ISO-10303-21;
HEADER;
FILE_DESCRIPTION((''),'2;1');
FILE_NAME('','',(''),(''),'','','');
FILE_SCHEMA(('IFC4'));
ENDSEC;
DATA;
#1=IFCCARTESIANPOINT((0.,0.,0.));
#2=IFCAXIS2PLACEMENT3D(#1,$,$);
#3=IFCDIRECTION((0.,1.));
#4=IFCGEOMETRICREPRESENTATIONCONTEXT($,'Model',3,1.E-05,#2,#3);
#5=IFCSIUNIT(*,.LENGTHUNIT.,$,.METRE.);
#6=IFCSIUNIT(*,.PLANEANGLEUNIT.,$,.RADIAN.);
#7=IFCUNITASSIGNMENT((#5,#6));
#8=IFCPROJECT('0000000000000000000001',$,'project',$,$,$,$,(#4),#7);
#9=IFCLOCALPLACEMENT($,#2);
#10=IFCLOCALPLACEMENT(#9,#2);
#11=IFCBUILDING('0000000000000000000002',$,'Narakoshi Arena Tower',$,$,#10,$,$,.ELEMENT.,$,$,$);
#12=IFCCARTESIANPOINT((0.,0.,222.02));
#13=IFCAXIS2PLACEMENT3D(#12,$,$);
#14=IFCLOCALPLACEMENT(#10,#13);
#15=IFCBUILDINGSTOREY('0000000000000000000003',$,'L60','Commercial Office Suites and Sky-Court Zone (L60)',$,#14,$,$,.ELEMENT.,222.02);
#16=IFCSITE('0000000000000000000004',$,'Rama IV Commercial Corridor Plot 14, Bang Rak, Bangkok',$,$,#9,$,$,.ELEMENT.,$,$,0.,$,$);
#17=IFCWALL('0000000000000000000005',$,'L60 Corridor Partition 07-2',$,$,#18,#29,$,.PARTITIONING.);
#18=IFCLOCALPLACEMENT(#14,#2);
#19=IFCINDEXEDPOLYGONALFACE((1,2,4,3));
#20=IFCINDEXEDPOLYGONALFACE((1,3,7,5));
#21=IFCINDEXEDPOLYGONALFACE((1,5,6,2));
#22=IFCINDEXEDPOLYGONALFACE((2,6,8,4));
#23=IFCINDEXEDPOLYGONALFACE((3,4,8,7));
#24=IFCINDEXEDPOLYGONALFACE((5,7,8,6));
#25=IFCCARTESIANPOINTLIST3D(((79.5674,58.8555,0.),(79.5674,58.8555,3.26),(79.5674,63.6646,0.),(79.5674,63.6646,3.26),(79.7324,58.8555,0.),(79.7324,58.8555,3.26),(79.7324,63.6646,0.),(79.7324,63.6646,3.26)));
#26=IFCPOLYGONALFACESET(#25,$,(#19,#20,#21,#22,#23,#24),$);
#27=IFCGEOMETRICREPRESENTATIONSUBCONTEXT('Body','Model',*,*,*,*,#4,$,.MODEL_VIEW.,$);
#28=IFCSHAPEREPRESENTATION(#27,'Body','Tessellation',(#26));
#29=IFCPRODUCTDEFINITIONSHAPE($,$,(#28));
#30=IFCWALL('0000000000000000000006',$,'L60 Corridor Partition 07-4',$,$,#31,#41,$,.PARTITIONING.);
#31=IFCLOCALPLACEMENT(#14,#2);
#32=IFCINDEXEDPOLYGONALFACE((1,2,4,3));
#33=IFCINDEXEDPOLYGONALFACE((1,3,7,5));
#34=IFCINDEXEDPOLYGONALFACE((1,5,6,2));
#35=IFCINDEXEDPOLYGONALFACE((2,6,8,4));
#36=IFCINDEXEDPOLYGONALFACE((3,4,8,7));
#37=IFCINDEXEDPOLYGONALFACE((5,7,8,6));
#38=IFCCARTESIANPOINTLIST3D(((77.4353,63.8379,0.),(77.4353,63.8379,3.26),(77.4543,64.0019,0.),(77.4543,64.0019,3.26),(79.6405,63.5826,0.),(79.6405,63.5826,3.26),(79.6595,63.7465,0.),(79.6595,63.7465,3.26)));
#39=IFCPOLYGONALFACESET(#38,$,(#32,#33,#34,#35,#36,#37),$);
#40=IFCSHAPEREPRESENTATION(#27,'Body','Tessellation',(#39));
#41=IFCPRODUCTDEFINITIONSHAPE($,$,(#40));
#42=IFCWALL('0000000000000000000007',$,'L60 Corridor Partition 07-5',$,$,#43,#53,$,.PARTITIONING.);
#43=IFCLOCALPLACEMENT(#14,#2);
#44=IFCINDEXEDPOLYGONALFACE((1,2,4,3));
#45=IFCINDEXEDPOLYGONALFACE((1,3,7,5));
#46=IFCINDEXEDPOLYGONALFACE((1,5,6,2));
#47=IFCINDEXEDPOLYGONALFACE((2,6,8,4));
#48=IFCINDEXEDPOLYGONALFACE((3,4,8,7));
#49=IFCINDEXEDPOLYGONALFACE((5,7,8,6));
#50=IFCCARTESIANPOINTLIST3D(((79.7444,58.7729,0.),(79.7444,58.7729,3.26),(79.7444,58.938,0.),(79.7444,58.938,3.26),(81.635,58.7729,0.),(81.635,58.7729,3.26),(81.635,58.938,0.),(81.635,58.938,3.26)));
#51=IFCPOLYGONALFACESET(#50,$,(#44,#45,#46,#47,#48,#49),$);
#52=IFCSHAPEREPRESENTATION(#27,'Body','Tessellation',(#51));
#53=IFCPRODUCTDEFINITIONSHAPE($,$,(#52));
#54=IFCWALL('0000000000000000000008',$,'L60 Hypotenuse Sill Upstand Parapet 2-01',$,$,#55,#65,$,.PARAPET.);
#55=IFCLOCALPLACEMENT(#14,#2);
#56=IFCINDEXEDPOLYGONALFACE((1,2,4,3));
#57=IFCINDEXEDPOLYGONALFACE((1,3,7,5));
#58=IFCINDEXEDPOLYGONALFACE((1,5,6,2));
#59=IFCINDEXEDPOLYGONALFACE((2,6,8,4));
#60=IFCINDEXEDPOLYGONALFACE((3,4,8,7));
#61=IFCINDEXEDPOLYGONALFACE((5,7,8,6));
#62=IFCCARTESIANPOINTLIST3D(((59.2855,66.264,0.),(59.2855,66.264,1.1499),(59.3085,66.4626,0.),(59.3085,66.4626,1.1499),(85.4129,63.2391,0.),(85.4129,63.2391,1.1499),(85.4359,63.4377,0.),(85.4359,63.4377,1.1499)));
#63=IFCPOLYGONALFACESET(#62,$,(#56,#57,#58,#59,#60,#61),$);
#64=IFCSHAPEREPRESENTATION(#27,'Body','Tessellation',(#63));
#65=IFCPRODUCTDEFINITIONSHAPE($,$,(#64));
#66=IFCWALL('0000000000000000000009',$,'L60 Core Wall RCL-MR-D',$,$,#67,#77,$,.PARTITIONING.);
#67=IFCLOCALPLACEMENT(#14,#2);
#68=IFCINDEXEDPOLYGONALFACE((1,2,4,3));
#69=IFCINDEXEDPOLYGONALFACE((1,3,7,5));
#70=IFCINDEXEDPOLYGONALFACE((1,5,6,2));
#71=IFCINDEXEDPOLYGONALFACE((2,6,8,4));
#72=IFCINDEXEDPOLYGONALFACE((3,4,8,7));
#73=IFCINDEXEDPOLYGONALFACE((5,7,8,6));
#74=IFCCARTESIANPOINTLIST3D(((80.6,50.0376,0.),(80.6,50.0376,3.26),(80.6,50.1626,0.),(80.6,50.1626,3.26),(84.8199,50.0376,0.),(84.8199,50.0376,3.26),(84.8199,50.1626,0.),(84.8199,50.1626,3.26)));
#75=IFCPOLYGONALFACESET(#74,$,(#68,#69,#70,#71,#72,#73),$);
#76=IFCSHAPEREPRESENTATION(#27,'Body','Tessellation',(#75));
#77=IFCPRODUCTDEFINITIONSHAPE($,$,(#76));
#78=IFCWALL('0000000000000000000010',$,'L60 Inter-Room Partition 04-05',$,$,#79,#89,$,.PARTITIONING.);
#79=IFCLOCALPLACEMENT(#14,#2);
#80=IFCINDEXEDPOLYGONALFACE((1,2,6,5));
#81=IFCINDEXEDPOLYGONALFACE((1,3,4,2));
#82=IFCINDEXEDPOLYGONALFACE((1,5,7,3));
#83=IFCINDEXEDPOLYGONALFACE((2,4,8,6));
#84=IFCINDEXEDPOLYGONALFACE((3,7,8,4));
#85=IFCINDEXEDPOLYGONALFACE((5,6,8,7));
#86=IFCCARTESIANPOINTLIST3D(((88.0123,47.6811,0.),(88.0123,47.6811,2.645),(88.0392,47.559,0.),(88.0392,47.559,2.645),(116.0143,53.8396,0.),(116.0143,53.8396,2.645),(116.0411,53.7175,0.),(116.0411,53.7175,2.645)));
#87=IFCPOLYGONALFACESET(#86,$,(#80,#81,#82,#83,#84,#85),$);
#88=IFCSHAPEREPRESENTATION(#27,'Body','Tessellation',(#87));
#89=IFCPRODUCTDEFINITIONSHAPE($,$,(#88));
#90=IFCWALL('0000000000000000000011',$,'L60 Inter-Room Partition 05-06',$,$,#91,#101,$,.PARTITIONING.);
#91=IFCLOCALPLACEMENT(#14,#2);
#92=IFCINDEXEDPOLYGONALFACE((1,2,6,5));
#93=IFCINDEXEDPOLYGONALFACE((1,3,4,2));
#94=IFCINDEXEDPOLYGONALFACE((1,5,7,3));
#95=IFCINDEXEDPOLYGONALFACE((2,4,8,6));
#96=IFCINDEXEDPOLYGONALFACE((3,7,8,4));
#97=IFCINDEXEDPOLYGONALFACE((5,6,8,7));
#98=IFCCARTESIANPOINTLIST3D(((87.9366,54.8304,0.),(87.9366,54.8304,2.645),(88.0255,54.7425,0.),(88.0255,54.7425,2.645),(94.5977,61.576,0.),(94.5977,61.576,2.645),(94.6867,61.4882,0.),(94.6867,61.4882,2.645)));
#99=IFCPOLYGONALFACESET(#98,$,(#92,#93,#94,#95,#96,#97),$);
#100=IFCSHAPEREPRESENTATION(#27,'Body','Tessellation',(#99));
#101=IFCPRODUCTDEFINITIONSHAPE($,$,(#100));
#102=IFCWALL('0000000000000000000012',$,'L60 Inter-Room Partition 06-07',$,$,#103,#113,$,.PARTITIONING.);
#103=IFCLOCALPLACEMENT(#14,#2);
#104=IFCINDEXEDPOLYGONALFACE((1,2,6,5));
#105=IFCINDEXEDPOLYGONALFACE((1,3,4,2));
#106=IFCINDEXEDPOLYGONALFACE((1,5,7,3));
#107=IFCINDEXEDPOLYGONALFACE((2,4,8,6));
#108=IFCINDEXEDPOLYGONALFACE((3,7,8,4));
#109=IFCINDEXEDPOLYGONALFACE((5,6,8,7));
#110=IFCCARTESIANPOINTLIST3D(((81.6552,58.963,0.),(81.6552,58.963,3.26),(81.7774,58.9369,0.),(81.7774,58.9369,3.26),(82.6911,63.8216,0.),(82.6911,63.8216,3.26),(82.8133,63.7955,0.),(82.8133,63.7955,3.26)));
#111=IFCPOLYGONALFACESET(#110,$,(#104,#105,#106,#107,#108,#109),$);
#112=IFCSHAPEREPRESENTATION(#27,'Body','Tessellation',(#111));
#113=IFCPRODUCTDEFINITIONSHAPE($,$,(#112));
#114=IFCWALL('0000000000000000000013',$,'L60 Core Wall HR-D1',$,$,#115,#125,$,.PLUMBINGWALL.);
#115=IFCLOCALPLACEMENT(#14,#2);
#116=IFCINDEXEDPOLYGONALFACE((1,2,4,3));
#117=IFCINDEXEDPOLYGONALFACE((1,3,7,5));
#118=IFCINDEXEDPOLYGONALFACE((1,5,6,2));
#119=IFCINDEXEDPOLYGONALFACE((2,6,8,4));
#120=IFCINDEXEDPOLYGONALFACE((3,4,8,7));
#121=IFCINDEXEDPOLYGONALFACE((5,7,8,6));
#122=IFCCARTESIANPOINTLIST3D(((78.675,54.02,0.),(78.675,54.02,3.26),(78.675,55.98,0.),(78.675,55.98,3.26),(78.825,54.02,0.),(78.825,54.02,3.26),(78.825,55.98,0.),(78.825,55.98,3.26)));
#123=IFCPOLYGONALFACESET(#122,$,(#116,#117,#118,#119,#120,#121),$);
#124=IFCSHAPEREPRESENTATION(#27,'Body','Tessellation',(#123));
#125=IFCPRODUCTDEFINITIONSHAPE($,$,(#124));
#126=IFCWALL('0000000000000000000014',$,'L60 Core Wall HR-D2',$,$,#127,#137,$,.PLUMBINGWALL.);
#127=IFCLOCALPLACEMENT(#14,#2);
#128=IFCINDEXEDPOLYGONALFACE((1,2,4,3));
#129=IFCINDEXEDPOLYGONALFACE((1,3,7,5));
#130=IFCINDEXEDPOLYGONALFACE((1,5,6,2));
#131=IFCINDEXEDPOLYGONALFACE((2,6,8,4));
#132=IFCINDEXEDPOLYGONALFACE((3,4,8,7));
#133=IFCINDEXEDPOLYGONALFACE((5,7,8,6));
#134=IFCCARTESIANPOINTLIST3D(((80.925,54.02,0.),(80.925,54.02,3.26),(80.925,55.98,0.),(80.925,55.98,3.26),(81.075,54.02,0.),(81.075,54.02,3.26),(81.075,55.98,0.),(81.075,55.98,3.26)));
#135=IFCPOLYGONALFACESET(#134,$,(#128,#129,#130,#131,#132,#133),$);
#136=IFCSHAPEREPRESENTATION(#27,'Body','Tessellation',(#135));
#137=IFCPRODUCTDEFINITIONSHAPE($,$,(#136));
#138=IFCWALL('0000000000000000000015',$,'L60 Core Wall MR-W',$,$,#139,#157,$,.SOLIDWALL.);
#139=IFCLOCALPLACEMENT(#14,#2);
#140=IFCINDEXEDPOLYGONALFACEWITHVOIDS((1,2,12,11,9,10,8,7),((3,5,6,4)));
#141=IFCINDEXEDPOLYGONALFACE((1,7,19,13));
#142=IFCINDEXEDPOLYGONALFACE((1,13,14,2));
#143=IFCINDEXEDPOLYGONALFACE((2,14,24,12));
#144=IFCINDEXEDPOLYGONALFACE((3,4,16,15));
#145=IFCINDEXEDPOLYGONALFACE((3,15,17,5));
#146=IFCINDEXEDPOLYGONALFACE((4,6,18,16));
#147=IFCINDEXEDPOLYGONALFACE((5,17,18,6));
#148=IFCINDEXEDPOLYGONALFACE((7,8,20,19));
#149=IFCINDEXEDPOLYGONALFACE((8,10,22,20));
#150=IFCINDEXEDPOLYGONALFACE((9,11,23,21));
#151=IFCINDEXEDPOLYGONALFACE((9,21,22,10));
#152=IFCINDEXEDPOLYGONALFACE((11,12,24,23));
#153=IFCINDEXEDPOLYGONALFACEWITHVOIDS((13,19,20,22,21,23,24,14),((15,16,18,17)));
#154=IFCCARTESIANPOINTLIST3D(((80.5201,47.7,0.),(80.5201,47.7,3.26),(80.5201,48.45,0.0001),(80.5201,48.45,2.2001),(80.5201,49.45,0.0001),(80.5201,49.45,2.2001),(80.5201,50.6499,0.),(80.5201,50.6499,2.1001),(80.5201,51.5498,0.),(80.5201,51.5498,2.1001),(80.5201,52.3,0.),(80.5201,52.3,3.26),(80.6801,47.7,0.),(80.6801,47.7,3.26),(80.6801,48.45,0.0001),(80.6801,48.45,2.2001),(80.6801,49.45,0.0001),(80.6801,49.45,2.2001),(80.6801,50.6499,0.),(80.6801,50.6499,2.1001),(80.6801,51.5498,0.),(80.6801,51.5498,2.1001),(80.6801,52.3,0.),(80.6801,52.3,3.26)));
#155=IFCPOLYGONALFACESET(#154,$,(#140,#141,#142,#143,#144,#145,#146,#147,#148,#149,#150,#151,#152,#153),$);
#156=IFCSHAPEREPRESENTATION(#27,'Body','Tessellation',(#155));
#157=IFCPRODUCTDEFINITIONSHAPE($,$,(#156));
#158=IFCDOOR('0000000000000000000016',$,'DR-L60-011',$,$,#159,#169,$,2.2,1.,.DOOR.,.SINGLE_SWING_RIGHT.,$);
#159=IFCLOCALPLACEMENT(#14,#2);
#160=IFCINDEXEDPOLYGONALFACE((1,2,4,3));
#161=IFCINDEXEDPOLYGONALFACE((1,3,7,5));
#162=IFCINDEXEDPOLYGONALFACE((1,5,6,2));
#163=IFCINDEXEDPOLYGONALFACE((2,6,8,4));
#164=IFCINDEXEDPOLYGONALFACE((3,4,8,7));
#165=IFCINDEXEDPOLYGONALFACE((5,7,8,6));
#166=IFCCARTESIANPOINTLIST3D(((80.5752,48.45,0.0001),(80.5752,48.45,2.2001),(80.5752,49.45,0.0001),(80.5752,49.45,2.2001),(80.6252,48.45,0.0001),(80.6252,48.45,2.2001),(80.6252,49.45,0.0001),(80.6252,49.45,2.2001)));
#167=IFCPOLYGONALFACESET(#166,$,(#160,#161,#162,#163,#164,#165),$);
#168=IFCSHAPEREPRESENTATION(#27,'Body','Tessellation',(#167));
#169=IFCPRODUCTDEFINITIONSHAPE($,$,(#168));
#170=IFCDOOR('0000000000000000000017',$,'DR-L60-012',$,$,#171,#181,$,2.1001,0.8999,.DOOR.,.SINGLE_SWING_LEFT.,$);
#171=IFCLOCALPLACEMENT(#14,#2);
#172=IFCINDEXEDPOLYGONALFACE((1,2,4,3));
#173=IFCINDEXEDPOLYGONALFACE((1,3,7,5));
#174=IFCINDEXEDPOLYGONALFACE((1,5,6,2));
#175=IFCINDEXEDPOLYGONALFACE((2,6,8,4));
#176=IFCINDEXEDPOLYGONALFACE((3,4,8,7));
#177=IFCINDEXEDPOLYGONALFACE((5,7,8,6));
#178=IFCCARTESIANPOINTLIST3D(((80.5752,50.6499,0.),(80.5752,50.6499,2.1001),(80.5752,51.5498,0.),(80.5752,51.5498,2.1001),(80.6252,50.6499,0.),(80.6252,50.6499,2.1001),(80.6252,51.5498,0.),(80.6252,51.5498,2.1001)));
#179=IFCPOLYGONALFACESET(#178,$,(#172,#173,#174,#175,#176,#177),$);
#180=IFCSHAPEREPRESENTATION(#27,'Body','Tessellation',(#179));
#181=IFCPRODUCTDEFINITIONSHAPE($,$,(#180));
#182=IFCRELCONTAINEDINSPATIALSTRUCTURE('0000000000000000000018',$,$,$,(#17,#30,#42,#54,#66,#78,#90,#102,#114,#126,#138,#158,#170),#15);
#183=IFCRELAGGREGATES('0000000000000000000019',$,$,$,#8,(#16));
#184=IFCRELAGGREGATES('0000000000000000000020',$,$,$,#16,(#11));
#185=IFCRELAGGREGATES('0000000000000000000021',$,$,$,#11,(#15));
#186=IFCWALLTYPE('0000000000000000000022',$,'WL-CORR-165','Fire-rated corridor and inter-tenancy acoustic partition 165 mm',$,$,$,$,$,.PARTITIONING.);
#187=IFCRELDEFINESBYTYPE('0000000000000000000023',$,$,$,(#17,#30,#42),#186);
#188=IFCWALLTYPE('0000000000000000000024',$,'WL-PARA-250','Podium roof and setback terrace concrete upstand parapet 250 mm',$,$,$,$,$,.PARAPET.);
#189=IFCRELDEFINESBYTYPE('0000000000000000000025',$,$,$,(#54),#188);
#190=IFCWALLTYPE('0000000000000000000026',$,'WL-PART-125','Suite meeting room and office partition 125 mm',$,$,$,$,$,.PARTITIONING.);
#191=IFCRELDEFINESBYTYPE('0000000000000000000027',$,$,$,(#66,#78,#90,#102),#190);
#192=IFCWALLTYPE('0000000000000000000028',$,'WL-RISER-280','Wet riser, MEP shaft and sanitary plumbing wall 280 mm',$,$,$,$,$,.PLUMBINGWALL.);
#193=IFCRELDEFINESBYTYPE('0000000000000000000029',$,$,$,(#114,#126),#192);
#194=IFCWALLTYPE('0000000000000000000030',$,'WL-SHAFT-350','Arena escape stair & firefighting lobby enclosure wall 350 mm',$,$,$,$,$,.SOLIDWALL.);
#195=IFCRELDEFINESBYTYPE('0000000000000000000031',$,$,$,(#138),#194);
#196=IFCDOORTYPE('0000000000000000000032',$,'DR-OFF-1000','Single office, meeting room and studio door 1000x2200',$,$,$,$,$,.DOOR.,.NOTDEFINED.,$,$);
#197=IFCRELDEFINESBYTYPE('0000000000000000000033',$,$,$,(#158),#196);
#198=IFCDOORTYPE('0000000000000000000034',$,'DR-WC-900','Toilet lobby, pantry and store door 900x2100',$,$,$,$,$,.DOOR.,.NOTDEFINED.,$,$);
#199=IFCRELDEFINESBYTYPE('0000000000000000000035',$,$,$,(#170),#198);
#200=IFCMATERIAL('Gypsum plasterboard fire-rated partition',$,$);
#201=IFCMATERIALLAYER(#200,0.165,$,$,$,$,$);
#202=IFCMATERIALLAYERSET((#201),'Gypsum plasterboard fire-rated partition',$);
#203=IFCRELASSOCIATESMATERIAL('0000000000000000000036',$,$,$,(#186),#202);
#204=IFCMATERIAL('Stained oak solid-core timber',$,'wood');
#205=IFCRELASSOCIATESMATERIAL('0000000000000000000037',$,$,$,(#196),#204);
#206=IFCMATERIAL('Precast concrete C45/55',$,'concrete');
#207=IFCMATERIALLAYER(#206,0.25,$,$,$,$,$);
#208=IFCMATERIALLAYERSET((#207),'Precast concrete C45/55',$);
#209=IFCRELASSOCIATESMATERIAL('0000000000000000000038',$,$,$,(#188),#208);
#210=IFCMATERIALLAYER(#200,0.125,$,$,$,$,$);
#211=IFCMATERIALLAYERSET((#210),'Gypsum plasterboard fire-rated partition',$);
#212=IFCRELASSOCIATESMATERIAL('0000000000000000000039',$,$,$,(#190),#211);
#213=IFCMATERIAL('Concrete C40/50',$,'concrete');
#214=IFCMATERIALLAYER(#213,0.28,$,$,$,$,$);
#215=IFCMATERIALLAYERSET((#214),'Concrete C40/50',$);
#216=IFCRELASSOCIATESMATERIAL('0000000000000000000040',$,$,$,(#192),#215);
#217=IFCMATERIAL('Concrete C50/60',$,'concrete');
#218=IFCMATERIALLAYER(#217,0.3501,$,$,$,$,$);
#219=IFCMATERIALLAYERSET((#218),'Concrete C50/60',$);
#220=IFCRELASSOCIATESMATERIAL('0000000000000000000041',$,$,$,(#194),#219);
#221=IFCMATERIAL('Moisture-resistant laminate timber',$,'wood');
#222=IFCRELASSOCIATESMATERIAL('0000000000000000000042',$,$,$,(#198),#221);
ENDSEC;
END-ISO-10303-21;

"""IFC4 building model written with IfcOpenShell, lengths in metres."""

from ifc_helpers import new_model, si_unit, direction, frame, frame_2d, origin, place, context, subcontext, project, spatial, rectangle, extrude, material, layer, layer_set, type_object, element, fill, save


model = new_model("IFC4")

# Units and contexts
model_context = context("Model", 3, precision=1e-05, world=origin(), true_north=direction((0.0, 1.0)))
body_context = subcontext(model_context, "Body", "Model", "MODEL_VIEW")
ifc_project = project(units=[si_unit("LENGTHUNIT", "METRE"), si_unit("PLANEANGLEUNIT", "RADIAN")], contexts=[model_context])

# Site, building, storey
site_placement = place(None, origin())
site = spatial("IfcSite", under=ifc_project, at=site_placement, Name="Rama IV Commercial Corridor Plot 14, Bang Rak, Bangkok", CompositionType="ELEMENT", RefElevation=0.0)
building_placement = place(site_placement, origin())
building = spatial("IfcBuilding", under=site, at=building_placement, Name="Narakoshi Arena Tower", CompositionType="ELEMENT")
storey_placement = place(building_placement, frame((0.0, 0.0, 222.02)))
storey = spatial("IfcBuildingStorey", under=building, at=storey_placement, Name="L60", Description="Commercial Office Suites and Sky-Court Zone (L60)", CompositionType="ELEMENT", Elevation=222.02)

# Shared definitions
ifc_material_1 = material(Name="Gypsum plasterboard fire-rated partition")
ifc_layer_1 = layer(ifc_material_1, 0.165)
ifc_layer_set_1 = layer_set([ifc_layer_1], Name="Gypsum plasterboard fire-rated partition")
wall_type_1 = type_object("IfcWallType", Name="WL-CORR-165", Description="Fire-rated corridor and inter-tenancy acoustic partition 165 mm", PredefinedType="PARTITIONING", material=ifc_layer_set_1)
ifc_material_2 = material(Name="Stained oak solid-core timber", Category="wood")
door_type_1 = type_object("IfcDoorType", Name="DR-OFF-1000", Description="Single office, meeting room and studio door 1000x2200", OperationType="NOTDEFINED", PredefinedType="DOOR", material=ifc_material_2)

# Walls
wall_1_placement = place(storey_placement, frame((79.6499, 58.8555, 0.0), z_axis=(0.0, 0.0, 1.0), x_axis=(0.0, 1.0, 0.0)))
element("IfcWall", 1, at=wall_1_placement, inside=storey, type_object=wall_type_1, Name="L60 Corridor Partition 07-2", PredefinedType="PARTITIONING", context=body_context, shape_type="SweptSolid", body=[
    extrude(rectangle(XDim=4.8091, YDim=0.165, at=frame_2d((2.4045, 0.0))), origin(), (0.0, 0.0, 1.0), 3.26),
])
wall_2_placement = place(storey_placement, frame((79.6499, 63.6646, 0.0), z_axis=(0.0, 0.0, 1.0), x_axis=(-0.993362, 0.115029, 0.0)))
element("IfcWall", 2, at=wall_2_placement, inside=storey, type_object=wall_type_1, Name="L60 Corridor Partition 07-4", PredefinedType="PARTITIONING", context=body_context, shape_type="SweptSolid", body=[
    extrude(rectangle(XDim=2.22, YDim=0.165, at=frame_2d((1.1099, 0.0))), origin(), (0.0, 0.0, 1.0), 3.26),
])
wall_3_placement = place(storey_placement, frame((81.635, 58.8555, 0.0), z_axis=(0.0, 0.0, 1.0), x_axis=(-1.0, 0.0, 0.0)))
element("IfcWall", 3, at=wall_3_placement, inside=storey, type_object=wall_type_1, Name="L60 Corridor Partition 07-5", PredefinedType="PARTITIONING", context=body_context, shape_type="SweptSolid", body=[
    extrude(rectangle(XDim=1.8906, YDim=0.165, at=frame_2d((0.9453, 0.0))), origin(), (0.0, 0.0, 1.0), 3.26),
])
ifc_material_3 = material(Name="Precast concrete C45/55", Category="concrete")
ifc_layer_2 = layer(ifc_material_3, 0.25)
ifc_layer_set_2 = layer_set([ifc_layer_2], Name="Precast concrete C45/55")
wall_type_2 = type_object("IfcWallType", Name="WL-PARA-250", Description="Podium roof and setback terrace concrete upstand parapet 250 mm", PredefinedType="PARAPET", material=ifc_layer_set_2)
wall_4_placement = place(storey_placement, frame((85.4243, 63.3384, 0.0), z_axis=(0.0, 0.0, 1.0), x_axis=(-0.993365, 0.115007, 0.0)))
element("IfcWall", 4, at=wall_4_placement, inside=storey, type_object=wall_type_2, Name="L60 Hypotenuse Sill Upstand Parapet 2-01", PredefinedType="PARAPET", context=body_context, shape_type="SweptSolid", body=[
    extrude(rectangle(XDim=26.302, YDim=0.2, at=frame_2d((13.1509, 0.0))), origin(), (0.0, 0.0, 1.0), 1.1499),
])
ifc_layer_3 = layer(ifc_material_1, 0.125)
ifc_layer_set_3 = layer_set([ifc_layer_3], Name="Gypsum plasterboard fire-rated partition")
wall_type_3 = type_object("IfcWallType", Name="WL-PART-125", Description="Suite meeting room and office partition 125 mm", PredefinedType="PARTITIONING", material=ifc_layer_set_3)
wall_5_placement = place(storey_placement, frame((80.6001, 50.1001, 0.0), z_axis=(0.0, 0.0, 1.0), x_axis=(1.0, 0.0, 0.0)))
element("IfcWall", 5, at=wall_5_placement, inside=storey, type_object=wall_type_3, Name="L60 Core Wall RCL-MR-D", PredefinedType="PARTITIONING", context=body_context, shape_type="SweptSolid", body=[
    extrude(rectangle(XDim=4.22, YDim=0.125, at=frame_2d((2.1099, 0.0))), origin(), (0.0, 0.0, 1.0), 3.26),
])
wall_6_placement = place(storey_placement, frame((88.0259, 47.6201, 0.0), z_axis=(0.0, 0.0, 1.0), x_axis=(0.976659, 0.214796, 0.0)))
element("IfcWall", 6, at=wall_6_placement, inside=storey, type_object=wall_type_3, Name="L60 Inter-Room Partition 04-05", PredefinedType="PARTITIONING", context=body_context, shape_type="SweptSolid", body=[
    extrude(rectangle(XDim=28.6711, YDim=0.125, at=frame_2d((14.3354, 0.0))), origin(), (0.0, 0.0, 1.0), 2.645),
])
wall_7_placement = place(storey_placement, frame((87.981, 54.7864, 0.0), z_axis=(0.0, 0.0, 1.0), x_axis=(0.702638, 0.711548, 0.0)))
element("IfcWall", 7, at=wall_7_placement, inside=storey, type_object=wall_type_3, Name="L60 Inter-Room Partition 05-06", PredefinedType="PARTITIONING", context=body_context, shape_type="SweptSolid", body=[
    extrude(rectangle(XDim=9.4802, YDim=0.125, at=frame_2d((4.7402, 0.0))), origin(), (0.0, 0.0, 1.0), 2.645),
])
wall_8_placement = place(storey_placement, frame((81.7163, 58.95, 0.0), z_axis=(0.0, 0.0, 1.0), x_axis=(0.208519, 0.978018, 0.0)))
element("IfcWall", 8, at=wall_8_placement, inside=storey, type_object=wall_type_3, Name="L60 Inter-Room Partition 06-07", PredefinedType="PARTITIONING", context=body_context, shape_type="SweptSolid", body=[
    extrude(rectangle(XDim=4.9678, YDim=0.125, at=frame_2d((2.4839, 0.0))), origin(), (0.0, 0.0, 1.0), 3.26),
])
ifc_material_4 = material(Name="Concrete C40/50", Category="concrete")
ifc_layer_4 = layer(ifc_material_4, 0.28)
ifc_layer_set_4 = layer_set([ifc_layer_4], Name="Concrete C40/50")
wall_type_4 = type_object("IfcWallType", Name="WL-RISER-280", Description="Wet riser, MEP shaft and sanitary plumbing wall 280 mm", PredefinedType="PLUMBINGWALL", material=ifc_layer_set_4)
for number, where, z_axis, x_axis, name in (
    (9, (78.75, 54.02, 0.0), (0.0, 0.0, 1.0), (0.0, 1.0, 0.0), "L60 Core Wall HR-D1"),
    (10, (81.0, 54.02, 0.0), (0.0, 0.0, 1.0), (0.0, 1.0, 0.0), "L60 Core Wall HR-D2"),
):
    element("IfcWall", number, at=place(storey_placement, frame(where, z_axis=z_axis, x_axis=x_axis)), inside=storey, type_object=wall_type_4, Name=name, PredefinedType="PLUMBINGWALL", context=body_context, shape_type="SweptSolid", body=[
        extrude(rectangle(XDim=1.96, YDim=0.1499, at=frame_2d((0.98, 0.0))), origin(), (0.0, 0.0, 1.0), 3.26),
    ])

# Wall, openings, doors
ifc_material_5 = material(Name="Concrete C50/60", Category="concrete")
ifc_layer_5 = layer(ifc_material_5, 0.3501)
ifc_layer_set_5 = layer_set([ifc_layer_5], Name="Concrete C50/60")
wall_type_5 = type_object("IfcWallType", Name="WL-SHAFT-350", Description="Arena escape stair & firefighting lobby enclosure wall 350 mm", PredefinedType="SOLIDWALL", material=ifc_layer_set_5)
wall_9_placement = place(storey_placement, frame((80.6001, 47.7, 0.0), z_axis=(0.0, 0.0, 1.0), x_axis=(0.0, 1.0, 0.0)))
wall_9 = element("IfcWall", 11, at=wall_9_placement, inside=storey, type_object=wall_type_5, Name="L60 Core Wall MR-W", PredefinedType="SOLIDWALL", context=body_context, shape_type="SweptSolid", body=[
    extrude(rectangle(XDim=4.6001, YDim=0.1599, at=frame_2d((2.3, 0.0))), origin(), (0.0, 0.0, 1.0), 3.26),
])
opening_1_placement = place(wall_9_placement, frame((0.75, 0.0, 0.0)))
opening_1 = element("IfcOpeningElement", 12, at=opening_1_placement, cuts=wall_9, PredefinedType="OPENING", context=body_context, shape_type="SweptSolid", body=[
    extrude(rectangle(XDim=1.0, YDim=2.2, at=frame_2d((0.5, 1.1001))), frame((0.0, 0.0898, 0.0), z_axis=(0.0, -1.0, 0.0), x_axis=(1.0, 0.0, 0.0)), (0.0, 0.0, 1.0), 0.1799),
])
opening_2_placement = place(wall_9_placement, frame((2.95, 0.0, 0.0)))
opening_2 = element("IfcOpeningElement", 13, at=opening_2_placement, cuts=wall_9, PredefinedType="OPENING", context=body_context, shape_type="SweptSolid", body=[
    extrude(rectangle(XDim=0.8999, YDim=2.1001, at=frame_2d((0.45, 1.05))), frame((0.0, 0.0898, 0.0), z_axis=(0.0, -1.0, 0.0), x_axis=(1.0, 0.0, 0.0)), (0.0, 0.0, 1.0), 0.1799),
])
door_1_placement = place(opening_1_placement, origin())
door_1 = element("IfcDoor", 14, at=door_1_placement, inside=storey, type_object=door_type_1, Name="DR-L60-011", OperationType="SINGLE_SWING_RIGHT", OverallHeight=2.2, OverallWidth=1.0, PredefinedType="DOOR", context=body_context, shape_type="SweptSolid", body=[
    extrude(rectangle(XDim=1.0, YDim=2.2, at=frame_2d((0.5, 1.1001))), frame((0.0, 0.0249, 0.0), z_axis=(0.0, -1.0, 0.0), x_axis=(1.0, 0.0, 0.0)), (0.0, 0.0, 1.0), 0.05),
])
fill(opening_1, door_1)
ifc_material_6 = material(Name="Moisture-resistant laminate timber", Category="wood")
door_type_2 = type_object("IfcDoorType", Name="DR-WC-900", Description="Toilet lobby, pantry and store door 900x2100", OperationType="NOTDEFINED", PredefinedType="DOOR", material=ifc_material_6)
door_2_placement = place(opening_2_placement, origin())
door_2 = element("IfcDoor", 15, at=door_2_placement, inside=storey, type_object=door_type_2, Name="DR-L60-012", OperationType="SINGLE_SWING_LEFT", OverallHeight=2.1001, OverallWidth=0.8999, PredefinedType="DOOR", context=body_context, shape_type="SweptSolid", body=[
    extrude(rectangle(XDim=0.8999, YDim=2.1001, at=frame_2d((0.45, 1.05))), frame((0.0, 0.0249, 0.0), z_axis=(0.0, -1.0, 0.0), x_axis=(1.0, 0.0, 0.0)), (0.0, 0.0, 1.0), 0.05),
])
fill(opening_2, door_2)

save(model, "model.ifc")
